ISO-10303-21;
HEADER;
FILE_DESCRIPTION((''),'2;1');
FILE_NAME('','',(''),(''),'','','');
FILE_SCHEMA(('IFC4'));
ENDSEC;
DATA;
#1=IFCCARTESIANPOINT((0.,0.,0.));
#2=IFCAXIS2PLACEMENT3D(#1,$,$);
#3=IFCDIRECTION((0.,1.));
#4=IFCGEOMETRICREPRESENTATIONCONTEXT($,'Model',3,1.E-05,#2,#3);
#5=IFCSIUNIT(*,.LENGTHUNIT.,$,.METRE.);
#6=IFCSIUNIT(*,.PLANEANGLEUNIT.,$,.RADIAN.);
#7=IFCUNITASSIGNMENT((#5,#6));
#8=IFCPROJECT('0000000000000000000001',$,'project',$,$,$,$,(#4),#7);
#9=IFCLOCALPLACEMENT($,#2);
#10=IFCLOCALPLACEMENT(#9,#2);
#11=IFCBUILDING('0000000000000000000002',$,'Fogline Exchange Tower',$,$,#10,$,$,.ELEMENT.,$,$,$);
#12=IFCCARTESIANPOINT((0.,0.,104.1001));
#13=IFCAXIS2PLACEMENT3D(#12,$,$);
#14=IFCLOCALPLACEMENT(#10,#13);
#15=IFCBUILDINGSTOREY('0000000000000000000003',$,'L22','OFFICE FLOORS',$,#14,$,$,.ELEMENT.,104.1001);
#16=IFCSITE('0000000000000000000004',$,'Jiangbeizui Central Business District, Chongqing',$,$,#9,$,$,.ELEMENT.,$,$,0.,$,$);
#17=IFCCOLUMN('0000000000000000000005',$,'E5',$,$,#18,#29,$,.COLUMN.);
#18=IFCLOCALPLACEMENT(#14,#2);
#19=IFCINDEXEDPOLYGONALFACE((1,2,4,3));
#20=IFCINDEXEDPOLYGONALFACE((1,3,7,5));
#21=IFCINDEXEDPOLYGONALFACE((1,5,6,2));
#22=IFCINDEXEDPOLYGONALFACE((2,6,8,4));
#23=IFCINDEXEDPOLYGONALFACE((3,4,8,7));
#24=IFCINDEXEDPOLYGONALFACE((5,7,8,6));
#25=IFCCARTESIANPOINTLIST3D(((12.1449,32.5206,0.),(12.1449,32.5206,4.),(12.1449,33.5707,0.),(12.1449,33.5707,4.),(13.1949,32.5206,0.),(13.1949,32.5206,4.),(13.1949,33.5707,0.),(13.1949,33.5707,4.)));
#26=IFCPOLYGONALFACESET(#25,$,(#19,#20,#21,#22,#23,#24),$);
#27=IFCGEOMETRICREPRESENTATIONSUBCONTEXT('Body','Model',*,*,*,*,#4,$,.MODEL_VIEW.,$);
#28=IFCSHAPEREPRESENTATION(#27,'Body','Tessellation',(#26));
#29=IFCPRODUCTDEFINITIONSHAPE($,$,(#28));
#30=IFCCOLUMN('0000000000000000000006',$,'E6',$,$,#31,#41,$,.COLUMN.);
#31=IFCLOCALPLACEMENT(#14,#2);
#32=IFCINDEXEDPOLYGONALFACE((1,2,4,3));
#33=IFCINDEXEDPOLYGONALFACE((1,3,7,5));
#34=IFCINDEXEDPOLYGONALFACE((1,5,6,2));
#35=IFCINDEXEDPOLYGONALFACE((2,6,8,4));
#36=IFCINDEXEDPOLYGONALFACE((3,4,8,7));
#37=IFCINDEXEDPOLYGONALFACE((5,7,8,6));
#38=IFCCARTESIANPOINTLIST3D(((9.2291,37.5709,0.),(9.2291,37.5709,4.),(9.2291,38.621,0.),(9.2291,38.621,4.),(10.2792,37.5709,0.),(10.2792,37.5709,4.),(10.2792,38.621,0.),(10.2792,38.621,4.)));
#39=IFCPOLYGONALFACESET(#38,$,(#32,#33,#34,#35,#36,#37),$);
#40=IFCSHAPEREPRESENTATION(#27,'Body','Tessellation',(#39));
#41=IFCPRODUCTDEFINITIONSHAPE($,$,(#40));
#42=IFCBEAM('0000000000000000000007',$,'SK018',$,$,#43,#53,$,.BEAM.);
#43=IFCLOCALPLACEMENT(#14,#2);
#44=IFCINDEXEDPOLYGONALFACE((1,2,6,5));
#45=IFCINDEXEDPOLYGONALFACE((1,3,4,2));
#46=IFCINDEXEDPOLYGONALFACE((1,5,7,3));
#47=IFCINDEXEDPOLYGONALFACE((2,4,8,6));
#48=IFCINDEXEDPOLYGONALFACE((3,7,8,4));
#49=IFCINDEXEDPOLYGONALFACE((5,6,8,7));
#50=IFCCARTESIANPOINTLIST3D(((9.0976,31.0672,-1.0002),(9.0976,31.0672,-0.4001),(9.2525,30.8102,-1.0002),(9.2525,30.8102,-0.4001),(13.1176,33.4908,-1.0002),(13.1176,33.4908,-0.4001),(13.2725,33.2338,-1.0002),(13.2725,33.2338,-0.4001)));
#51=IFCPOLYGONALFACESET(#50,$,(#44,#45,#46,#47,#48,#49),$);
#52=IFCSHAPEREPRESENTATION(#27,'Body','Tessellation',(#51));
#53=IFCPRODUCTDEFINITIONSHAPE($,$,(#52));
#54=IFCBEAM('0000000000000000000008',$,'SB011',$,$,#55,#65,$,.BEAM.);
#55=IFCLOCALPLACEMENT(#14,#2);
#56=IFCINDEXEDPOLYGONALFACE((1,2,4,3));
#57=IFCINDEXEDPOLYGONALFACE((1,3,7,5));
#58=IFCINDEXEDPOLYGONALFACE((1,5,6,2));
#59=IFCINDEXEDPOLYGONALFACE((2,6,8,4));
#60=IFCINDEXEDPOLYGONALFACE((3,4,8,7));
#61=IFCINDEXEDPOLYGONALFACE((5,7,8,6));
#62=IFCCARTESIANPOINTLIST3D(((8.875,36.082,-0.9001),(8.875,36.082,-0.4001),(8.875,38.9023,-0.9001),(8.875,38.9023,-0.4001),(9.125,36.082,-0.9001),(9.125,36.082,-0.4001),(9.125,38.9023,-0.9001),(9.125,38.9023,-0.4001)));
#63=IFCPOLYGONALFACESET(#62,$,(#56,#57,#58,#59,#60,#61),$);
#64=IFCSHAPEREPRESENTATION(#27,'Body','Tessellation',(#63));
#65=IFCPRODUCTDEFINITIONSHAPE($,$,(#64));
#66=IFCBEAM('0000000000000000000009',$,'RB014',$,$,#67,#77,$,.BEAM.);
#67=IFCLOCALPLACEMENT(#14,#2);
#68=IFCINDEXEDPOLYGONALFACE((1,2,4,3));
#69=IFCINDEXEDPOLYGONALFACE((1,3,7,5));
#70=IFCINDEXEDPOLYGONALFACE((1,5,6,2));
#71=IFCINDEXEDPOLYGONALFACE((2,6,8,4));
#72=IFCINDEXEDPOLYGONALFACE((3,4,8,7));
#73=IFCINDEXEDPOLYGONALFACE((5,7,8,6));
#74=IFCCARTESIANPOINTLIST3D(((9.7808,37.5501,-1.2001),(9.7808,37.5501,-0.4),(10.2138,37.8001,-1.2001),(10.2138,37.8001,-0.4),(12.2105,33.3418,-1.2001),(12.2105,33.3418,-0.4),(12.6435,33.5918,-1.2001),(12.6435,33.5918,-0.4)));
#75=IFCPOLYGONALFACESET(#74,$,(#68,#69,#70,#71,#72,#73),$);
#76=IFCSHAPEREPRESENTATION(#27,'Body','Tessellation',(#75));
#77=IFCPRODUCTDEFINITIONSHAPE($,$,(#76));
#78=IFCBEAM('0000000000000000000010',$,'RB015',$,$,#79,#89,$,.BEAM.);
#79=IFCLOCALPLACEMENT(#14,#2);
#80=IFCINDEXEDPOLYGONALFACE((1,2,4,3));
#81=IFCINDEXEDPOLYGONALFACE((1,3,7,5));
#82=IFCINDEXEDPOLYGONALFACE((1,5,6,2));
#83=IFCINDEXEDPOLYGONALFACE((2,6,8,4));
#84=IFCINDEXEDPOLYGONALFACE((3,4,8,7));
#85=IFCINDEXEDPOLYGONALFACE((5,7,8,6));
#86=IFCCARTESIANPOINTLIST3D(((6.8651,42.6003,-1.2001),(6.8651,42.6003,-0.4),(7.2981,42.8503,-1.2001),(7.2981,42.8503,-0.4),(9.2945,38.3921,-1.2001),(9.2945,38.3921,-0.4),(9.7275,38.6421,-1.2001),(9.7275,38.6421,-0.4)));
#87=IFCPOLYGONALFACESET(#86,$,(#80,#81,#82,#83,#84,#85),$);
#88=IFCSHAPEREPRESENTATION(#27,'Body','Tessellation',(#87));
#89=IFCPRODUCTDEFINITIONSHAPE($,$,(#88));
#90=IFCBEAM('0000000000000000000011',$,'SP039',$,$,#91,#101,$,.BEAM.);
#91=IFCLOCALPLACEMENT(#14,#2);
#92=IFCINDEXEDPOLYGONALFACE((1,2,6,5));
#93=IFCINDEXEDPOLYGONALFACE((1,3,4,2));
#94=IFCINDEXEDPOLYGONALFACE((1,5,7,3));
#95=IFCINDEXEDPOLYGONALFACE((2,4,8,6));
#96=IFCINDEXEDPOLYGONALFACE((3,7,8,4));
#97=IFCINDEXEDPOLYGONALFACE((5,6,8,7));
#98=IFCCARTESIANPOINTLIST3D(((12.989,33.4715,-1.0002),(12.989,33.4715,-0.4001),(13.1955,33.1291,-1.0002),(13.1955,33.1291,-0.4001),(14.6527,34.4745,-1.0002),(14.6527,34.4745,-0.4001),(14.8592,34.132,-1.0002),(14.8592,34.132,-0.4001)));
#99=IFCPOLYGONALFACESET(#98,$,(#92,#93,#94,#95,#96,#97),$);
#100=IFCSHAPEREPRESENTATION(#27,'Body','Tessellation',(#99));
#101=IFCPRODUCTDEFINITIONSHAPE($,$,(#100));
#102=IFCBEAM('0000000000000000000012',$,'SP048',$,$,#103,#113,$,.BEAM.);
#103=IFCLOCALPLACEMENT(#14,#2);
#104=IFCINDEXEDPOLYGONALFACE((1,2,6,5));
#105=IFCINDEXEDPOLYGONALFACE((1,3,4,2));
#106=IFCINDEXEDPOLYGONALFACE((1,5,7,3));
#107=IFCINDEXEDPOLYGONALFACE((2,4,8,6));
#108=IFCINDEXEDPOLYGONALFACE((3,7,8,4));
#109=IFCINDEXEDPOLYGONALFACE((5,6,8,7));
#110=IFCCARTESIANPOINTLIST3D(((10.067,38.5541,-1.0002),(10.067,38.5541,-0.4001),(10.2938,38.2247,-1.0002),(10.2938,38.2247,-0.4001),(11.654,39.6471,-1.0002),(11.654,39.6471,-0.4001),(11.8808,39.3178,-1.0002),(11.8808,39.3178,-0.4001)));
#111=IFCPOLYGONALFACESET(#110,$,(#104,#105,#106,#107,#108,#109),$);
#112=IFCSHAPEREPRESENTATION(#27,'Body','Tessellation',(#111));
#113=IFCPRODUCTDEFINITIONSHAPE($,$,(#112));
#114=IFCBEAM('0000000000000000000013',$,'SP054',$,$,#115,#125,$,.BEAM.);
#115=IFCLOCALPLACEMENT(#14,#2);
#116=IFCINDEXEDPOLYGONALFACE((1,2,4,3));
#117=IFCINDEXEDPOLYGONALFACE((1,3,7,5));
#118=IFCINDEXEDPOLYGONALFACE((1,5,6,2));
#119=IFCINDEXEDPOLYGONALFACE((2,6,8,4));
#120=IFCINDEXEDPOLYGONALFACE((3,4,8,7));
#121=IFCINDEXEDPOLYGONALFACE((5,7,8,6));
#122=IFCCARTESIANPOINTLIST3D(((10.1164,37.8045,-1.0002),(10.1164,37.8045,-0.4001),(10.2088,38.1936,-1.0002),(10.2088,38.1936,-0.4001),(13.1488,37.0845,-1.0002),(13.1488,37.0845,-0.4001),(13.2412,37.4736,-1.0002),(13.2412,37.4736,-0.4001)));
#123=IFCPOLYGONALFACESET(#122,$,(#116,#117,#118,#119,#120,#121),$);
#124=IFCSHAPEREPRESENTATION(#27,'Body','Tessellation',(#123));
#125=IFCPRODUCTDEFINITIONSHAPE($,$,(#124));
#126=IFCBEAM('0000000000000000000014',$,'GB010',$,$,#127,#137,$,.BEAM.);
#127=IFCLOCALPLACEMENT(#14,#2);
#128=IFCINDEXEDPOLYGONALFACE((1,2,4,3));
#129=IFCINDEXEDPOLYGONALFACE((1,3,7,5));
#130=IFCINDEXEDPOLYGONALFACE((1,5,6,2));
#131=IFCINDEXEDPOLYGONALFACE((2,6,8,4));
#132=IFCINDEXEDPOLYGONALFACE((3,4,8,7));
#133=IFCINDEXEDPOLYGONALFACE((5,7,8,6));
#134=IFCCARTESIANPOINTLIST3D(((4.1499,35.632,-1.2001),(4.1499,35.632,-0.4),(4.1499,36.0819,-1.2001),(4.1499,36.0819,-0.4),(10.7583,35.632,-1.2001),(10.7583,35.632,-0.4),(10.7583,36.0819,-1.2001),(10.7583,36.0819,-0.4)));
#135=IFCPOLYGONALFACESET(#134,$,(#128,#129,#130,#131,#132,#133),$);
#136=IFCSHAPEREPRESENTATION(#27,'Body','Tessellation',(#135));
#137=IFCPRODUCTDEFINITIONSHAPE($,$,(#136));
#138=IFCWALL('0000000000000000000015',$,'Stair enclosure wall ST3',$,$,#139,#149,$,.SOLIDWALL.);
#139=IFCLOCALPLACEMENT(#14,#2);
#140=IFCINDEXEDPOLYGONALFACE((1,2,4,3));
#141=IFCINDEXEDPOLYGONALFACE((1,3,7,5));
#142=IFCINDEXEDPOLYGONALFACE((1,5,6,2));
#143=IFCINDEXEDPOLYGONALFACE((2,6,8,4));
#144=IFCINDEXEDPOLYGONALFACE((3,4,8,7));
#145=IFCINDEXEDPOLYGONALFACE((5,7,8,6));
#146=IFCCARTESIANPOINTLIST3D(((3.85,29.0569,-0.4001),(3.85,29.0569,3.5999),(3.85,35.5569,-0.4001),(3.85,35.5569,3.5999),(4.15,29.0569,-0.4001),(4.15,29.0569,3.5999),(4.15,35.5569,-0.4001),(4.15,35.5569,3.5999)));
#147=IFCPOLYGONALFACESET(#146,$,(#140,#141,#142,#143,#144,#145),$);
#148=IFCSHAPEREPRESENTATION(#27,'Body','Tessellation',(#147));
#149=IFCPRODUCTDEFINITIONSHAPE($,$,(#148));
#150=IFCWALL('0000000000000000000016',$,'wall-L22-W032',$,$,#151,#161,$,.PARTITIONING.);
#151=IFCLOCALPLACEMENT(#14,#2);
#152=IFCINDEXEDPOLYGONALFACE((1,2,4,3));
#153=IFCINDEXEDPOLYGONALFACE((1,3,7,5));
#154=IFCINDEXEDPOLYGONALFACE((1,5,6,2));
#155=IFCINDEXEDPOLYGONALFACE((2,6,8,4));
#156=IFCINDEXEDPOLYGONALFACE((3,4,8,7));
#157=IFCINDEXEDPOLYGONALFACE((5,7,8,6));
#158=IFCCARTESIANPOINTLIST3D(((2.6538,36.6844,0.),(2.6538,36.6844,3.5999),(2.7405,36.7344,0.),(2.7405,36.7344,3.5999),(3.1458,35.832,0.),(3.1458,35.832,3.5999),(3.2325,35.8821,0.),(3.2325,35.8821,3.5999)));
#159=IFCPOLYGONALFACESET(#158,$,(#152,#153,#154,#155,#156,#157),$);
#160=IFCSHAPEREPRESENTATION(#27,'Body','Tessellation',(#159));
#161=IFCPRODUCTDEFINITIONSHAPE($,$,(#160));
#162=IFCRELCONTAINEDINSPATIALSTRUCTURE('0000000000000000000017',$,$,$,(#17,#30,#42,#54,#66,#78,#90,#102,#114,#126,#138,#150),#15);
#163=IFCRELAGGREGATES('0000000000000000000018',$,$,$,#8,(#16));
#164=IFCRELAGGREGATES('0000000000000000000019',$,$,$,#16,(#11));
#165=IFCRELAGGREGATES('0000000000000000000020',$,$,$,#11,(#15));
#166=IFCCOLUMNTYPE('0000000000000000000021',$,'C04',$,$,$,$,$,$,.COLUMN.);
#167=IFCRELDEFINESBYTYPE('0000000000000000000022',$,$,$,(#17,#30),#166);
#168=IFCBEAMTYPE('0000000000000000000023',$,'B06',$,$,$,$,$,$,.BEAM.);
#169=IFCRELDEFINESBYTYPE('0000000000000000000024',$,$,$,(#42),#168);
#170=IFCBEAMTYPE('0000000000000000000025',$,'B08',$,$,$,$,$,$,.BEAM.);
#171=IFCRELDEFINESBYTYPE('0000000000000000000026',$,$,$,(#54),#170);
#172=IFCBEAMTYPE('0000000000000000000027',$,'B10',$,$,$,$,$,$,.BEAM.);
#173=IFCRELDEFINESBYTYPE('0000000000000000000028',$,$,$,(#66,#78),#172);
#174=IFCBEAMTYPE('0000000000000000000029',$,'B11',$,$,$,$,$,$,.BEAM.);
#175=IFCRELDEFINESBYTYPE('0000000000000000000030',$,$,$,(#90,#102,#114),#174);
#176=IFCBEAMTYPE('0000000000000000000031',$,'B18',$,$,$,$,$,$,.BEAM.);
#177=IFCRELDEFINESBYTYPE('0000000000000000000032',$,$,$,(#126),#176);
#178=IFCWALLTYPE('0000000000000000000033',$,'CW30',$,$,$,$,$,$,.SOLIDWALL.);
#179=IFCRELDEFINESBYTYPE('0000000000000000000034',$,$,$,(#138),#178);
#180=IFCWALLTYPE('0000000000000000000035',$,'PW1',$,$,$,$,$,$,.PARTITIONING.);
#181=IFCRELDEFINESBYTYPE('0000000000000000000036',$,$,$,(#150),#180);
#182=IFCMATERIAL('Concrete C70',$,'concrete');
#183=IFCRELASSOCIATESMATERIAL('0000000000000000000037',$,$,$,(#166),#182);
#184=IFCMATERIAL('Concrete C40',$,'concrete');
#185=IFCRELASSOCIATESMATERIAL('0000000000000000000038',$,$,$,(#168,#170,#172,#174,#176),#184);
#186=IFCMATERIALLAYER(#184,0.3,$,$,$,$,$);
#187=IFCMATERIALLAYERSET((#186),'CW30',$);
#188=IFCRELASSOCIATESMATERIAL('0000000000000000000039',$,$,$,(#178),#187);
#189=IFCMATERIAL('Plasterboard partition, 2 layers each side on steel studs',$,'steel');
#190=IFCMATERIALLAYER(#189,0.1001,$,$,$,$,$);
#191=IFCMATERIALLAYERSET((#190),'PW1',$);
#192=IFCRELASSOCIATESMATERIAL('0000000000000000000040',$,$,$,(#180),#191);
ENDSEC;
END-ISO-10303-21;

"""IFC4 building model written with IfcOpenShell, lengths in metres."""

from ifc_helpers import new_model, si_unit, direction, frame, frame_2d, origin, origin_2d, place, context, subcontext, project, spatial, rectangle, extrude, material, layer, layer_set, material_profile, profile_set, type_object, element, save


model = new_model("IFC4")

# Units and contexts
model_context = context("Model", 3, precision=1e-05, world=origin(), true_north=direction((0.0, 1.0)))
body_context = subcontext(model_context, "Body", "Model", "MODEL_VIEW")
ifc_project = project(units=[si_unit("LENGTHUNIT", "METRE"), si_unit("PLANEANGLEUNIT", "RADIAN")], contexts=[model_context])

# Site, building, storey
site_placement = place(None, origin())
site = spatial("IfcSite", under=ifc_project, at=site_placement, Name="Jiangbeizui Central Business District, Chongqing", CompositionType="ELEMENT", RefElevation=0.0)
building_placement = place(site_placement, origin())
building = spatial("IfcBuilding", under=site, at=building_placement, Name="Fogline Exchange Tower", CompositionType="ELEMENT")
storey_placement = place(building_placement, frame((0.0, 0.0, 104.1001)))
storey = spatial("IfcBuildingStorey", under=building, at=storey_placement, Name="L22", Description="OFFICE FLOORS", CompositionType="ELEMENT", Elevation=104.1001)

# Columns
ifc_material_1 = material(Name="Concrete C70", Category="concrete")
ifc_material_profile_1 = material_profile(ifc_material_1, rectangle(XDim=1.05, YDim=1.05, at=origin_2d()), Name="RC 1050x1050")
ifc_profile_set_1 = profile_set([ifc_material_profile_1], Name="Concrete C70")
column_type = type_object("IfcColumnType", Name="C04", PredefinedType="COLUMN", material=ifc_profile_set_1)
for number, where, z_axis, x_axis, name in (
    (1, (12.6699, 33.0457, 0.0), (0.0, 0.0, 1.0), (1.0, 0.0, 0.0), "E5"),
    (2, (9.7542, 38.0959, 0.0), (0.0, 0.0, 1.0), (1.0, 0.0, 0.0), "E6"),
):
    element("IfcColumn", number, at=place(storey_placement, frame(where, z_axis=z_axis, x_axis=x_axis)), inside=storey, type_object=column_type, Name=name, PredefinedType="COLUMN", context=body_context, shape_type="SweptSolid", body=[
        extrude(rectangle(XDim=1.05, YDim=1.05, at=origin_2d()), origin(), (0.0, 0.0, 1.0), 4.0),
    ])

# Beams
ifc_material_2 = material(Name="Concrete C40", Category="concrete")
ifc_material_profile_2 = material_profile(ifc_material_2, rectangle(XDim=0.3, YDim=0.6001, at=origin_2d()), Name="RC 300x600")
ifc_profile_set_2 = profile_set([ifc_material_profile_2], Name="Concrete C40")
beam_type_1 = type_object("IfcBeamType", Name="B06", PredefinedType="BEAM", material=ifc_profile_set_2)
beam_1_placement = place(storey_placement, frame((13.1951, 33.3623, -0.7002), z_axis=(-0.856403, -0.516307, 0.0), x_axis=(0.516307, -0.856403, 0.0)))
element("IfcBeam", 3, at=beam_1_placement, inside=storey, type_object=beam_type_1, Name="SK018", PredefinedType="BEAM", context=body_context, shape_type="SweptSolid", body=[
    extrude(rectangle(XDim=0.3, YDim=0.6001, at=origin_2d()), origin(), (0.0, 0.0, 1.0), 4.6941),
])
ifc_material_profile_3 = material_profile(ifc_material_2, rectangle(XDim=0.25, YDim=0.5, at=origin_2d()), Name="RC 250x500")
ifc_profile_set_3 = profile_set([ifc_material_profile_3], Name="Concrete C40")
beam_type_2 = type_object("IfcBeamType", Name="B08", PredefinedType="BEAM", material=ifc_profile_set_3)
beam_2_placement = place(storey_placement, frame((9.0, 36.082, -0.6501), z_axis=(0.0, 1.0, 0.0), x_axis=(-1.0, 0.0, 0.0)))
element("IfcBeam", 4, at=beam_2_placement, inside=storey, type_object=beam_type_2, Name="SB011", PredefinedType="BEAM", context=body_context, shape_type="SweptSolid", body=[
    extrude(rectangle(XDim=0.25, YDim=0.5, at=origin_2d()), origin(), (0.0, 0.0, 1.0), 2.8203),
])
ifc_material_profile_4 = material_profile(ifc_material_2, rectangle(XDim=0.5, YDim=0.8, at=origin_2d()), Name="RC 500x800")
ifc_profile_set_4 = profile_set([ifc_material_profile_4], Name="Concrete C40")
beam_type_3 = type_object("IfcBeamType", Name="B10", PredefinedType="BEAM", material=ifc_profile_set_4)
beam_3_placement = place(storey_placement, frame((12.427, 33.4668, -0.8), z_axis=(-0.500008, 0.866021, 0.0), x_axis=(-0.866021, -0.500008, 0.0)))
element("IfcBeam", 5, at=beam_3_placement, inside=storey, type_object=beam_type_3, Name="RB014", PredefinedType="BEAM", context=body_context, shape_type="SweptSolid", body=[
    extrude(rectangle(XDim=0.5, YDim=0.8, at=origin_2d()), origin(), (0.0, 0.0, 1.0), 4.8594),
])
beam_4_placement = place(storey_placement, frame((9.511, 38.5171, -0.8), z_axis=(-0.49997, 0.866043, 0.0), x_axis=(-0.866043, -0.49997, 0.0)))
element("IfcBeam", 6, at=beam_4_placement, inside=storey, type_object=beam_type_3, Name="RB015", PredefinedType="BEAM", context=body_context, shape_type="SweptSolid", body=[
    extrude(rectangle(XDim=0.5, YDim=0.8, at=origin_2d()), origin(), (0.0, 0.0, 1.0), 4.8591),
])
ifc_material_profile_5 = material_profile(ifc_material_2, rectangle(XDim=0.3999, YDim=0.6001, at=origin_2d()), Name="RC 400x600")
ifc_profile_set_5 = profile_set([ifc_material_profile_5], Name="Concrete C40")
beam_type_4 = type_object("IfcBeamType", Name="B11", PredefinedType="BEAM", material=ifc_profile_set_5)
beam_5_placement = place(storey_placement, frame((13.0923, 33.3003, -0.7002), z_axis=(0.856404, 0.516306, 0.0), x_axis=(-0.516306, 0.856404, 0.0)))
element("IfcBeam", 7, at=beam_5_placement, inside=storey, type_object=beam_type_4, Name="SP039", PredefinedType="BEAM", context=body_context, shape_type="SweptSolid", body=[
    extrude(rectangle(XDim=0.3999, YDim=0.6001, at=origin_2d()), origin(), (0.0, 0.0, 1.0), 1.9426),
])
beam_6_placement = place(storey_placement, frame((10.1804, 38.3894, -0.7002), z_axis=(0.823554, 0.567238, 0.0), x_axis=(-0.567238, 0.823554, 0.0)))
element("IfcBeam", 8, at=beam_6_placement, inside=storey, type_object=beam_type_4, Name="SP048", PredefinedType="BEAM", context=body_context, shape_type="SweptSolid", body=[
    extrude(rectangle(XDim=0.3999, YDim=0.6001, at=origin_2d()), origin(), (0.0, 0.0, 1.0), 1.927),
])
beam_7_placement = place(storey_placement, frame((10.1626, 37.999, -0.7002), z_axis=(0.972954, -0.230999, 0.0), x_axis=(0.230999, 0.972954, 0.0)))
element("IfcBeam", 9, at=beam_7_placement, inside=storey, type_object=beam_type_4, Name="SP054", PredefinedType="BEAM", context=body_context, shape_type="SweptSolid", body=[
    extrude(rectangle(XDim=0.3999, YDim=0.6001, at=origin_2d()), origin(), (0.0, 0.0, 1.0), 3.1167),
])
ifc_material_profile_6 = material_profile(ifc_material_2, rectangle(XDim=0.45, YDim=0.8, at=origin_2d()), Name="RC 450x800")
ifc_profile_set_6 = profile_set([ifc_material_profile_6], Name="Concrete C40")
beam_type_5 = type_object("IfcBeamType", Name="B18", PredefinedType="BEAM", material=ifc_profile_set_6)
beam_8_placement = place(storey_placement, frame((4.1499, 35.8569, -0.8), z_axis=(1.0, 0.0, 0.0), x_axis=(0.0, 1.0, 0.0)))
element("IfcBeam", 10, at=beam_8_placement, inside=storey, type_object=beam_type_5, Name="GB010", PredefinedType="BEAM", context=body_context, shape_type="SweptSolid", body=[
    extrude(rectangle(XDim=0.45, YDim=0.8, at=origin_2d()), origin(), (0.0, 0.0, 1.0), 6.6084),
])

# Walls
ifc_layer_1 = layer(ifc_material_2, 0.3)
ifc_layer_set_1 = layer_set([ifc_layer_1], Name="CW30")
wall_type_1 = type_object("IfcWallType", Name="CW30", PredefinedType="SOLIDWALL", material=ifc_layer_set_1)
wall_1_placement = place(storey_placement, frame((4.0, 29.0569, -0.4001), z_axis=(0.0, 0.0, 1.0), x_axis=(0.0, 1.0, 0.0)))
element("IfcWall", 11, at=wall_1_placement, inside=storey, type_object=wall_type_1, Name="Stair enclosure wall ST3", PredefinedType="SOLIDWALL", context=body_context, shape_type="SweptSolid", body=[
    extrude(rectangle(XDim=6.5, YDim=0.3, at=frame_2d((3.25, 0.0))), origin(), (0.0, 0.0, 1.0), 4.0),
])
ifc_material_3 = material(Name="Plasterboard partition, 2 layers each side on steel studs", Category="steel")
ifc_layer_2 = layer(ifc_material_3, 0.1001)
ifc_layer_set_2 = layer_set([ifc_layer_2], Name="PW1")
wall_type_2 = type_object("IfcWallType", Name="PW1", PredefinedType="PARTITIONING", material=ifc_layer_set_2)
wall_2_placement = place(storey_placement, frame((3.1892, 35.8569, 0.0), z_axis=(0.0, 0.0, 1.0), x_axis=(-0.499901, 0.866082, 0.0)))
element("IfcWall", 12, at=wall_2_placement, inside=storey, type_object=wall_type_2, Name="wall-L22-W032", PredefinedType="PARTITIONING", context=body_context, shape_type="SweptSolid", body=[
    extrude(rectangle(XDim=0.9841, YDim=0.1001, at=frame_2d((0.4922, 0.0))), origin(), (0.0, 0.0, 1.0), 3.5999),
])

save(model, "model.ifc")
